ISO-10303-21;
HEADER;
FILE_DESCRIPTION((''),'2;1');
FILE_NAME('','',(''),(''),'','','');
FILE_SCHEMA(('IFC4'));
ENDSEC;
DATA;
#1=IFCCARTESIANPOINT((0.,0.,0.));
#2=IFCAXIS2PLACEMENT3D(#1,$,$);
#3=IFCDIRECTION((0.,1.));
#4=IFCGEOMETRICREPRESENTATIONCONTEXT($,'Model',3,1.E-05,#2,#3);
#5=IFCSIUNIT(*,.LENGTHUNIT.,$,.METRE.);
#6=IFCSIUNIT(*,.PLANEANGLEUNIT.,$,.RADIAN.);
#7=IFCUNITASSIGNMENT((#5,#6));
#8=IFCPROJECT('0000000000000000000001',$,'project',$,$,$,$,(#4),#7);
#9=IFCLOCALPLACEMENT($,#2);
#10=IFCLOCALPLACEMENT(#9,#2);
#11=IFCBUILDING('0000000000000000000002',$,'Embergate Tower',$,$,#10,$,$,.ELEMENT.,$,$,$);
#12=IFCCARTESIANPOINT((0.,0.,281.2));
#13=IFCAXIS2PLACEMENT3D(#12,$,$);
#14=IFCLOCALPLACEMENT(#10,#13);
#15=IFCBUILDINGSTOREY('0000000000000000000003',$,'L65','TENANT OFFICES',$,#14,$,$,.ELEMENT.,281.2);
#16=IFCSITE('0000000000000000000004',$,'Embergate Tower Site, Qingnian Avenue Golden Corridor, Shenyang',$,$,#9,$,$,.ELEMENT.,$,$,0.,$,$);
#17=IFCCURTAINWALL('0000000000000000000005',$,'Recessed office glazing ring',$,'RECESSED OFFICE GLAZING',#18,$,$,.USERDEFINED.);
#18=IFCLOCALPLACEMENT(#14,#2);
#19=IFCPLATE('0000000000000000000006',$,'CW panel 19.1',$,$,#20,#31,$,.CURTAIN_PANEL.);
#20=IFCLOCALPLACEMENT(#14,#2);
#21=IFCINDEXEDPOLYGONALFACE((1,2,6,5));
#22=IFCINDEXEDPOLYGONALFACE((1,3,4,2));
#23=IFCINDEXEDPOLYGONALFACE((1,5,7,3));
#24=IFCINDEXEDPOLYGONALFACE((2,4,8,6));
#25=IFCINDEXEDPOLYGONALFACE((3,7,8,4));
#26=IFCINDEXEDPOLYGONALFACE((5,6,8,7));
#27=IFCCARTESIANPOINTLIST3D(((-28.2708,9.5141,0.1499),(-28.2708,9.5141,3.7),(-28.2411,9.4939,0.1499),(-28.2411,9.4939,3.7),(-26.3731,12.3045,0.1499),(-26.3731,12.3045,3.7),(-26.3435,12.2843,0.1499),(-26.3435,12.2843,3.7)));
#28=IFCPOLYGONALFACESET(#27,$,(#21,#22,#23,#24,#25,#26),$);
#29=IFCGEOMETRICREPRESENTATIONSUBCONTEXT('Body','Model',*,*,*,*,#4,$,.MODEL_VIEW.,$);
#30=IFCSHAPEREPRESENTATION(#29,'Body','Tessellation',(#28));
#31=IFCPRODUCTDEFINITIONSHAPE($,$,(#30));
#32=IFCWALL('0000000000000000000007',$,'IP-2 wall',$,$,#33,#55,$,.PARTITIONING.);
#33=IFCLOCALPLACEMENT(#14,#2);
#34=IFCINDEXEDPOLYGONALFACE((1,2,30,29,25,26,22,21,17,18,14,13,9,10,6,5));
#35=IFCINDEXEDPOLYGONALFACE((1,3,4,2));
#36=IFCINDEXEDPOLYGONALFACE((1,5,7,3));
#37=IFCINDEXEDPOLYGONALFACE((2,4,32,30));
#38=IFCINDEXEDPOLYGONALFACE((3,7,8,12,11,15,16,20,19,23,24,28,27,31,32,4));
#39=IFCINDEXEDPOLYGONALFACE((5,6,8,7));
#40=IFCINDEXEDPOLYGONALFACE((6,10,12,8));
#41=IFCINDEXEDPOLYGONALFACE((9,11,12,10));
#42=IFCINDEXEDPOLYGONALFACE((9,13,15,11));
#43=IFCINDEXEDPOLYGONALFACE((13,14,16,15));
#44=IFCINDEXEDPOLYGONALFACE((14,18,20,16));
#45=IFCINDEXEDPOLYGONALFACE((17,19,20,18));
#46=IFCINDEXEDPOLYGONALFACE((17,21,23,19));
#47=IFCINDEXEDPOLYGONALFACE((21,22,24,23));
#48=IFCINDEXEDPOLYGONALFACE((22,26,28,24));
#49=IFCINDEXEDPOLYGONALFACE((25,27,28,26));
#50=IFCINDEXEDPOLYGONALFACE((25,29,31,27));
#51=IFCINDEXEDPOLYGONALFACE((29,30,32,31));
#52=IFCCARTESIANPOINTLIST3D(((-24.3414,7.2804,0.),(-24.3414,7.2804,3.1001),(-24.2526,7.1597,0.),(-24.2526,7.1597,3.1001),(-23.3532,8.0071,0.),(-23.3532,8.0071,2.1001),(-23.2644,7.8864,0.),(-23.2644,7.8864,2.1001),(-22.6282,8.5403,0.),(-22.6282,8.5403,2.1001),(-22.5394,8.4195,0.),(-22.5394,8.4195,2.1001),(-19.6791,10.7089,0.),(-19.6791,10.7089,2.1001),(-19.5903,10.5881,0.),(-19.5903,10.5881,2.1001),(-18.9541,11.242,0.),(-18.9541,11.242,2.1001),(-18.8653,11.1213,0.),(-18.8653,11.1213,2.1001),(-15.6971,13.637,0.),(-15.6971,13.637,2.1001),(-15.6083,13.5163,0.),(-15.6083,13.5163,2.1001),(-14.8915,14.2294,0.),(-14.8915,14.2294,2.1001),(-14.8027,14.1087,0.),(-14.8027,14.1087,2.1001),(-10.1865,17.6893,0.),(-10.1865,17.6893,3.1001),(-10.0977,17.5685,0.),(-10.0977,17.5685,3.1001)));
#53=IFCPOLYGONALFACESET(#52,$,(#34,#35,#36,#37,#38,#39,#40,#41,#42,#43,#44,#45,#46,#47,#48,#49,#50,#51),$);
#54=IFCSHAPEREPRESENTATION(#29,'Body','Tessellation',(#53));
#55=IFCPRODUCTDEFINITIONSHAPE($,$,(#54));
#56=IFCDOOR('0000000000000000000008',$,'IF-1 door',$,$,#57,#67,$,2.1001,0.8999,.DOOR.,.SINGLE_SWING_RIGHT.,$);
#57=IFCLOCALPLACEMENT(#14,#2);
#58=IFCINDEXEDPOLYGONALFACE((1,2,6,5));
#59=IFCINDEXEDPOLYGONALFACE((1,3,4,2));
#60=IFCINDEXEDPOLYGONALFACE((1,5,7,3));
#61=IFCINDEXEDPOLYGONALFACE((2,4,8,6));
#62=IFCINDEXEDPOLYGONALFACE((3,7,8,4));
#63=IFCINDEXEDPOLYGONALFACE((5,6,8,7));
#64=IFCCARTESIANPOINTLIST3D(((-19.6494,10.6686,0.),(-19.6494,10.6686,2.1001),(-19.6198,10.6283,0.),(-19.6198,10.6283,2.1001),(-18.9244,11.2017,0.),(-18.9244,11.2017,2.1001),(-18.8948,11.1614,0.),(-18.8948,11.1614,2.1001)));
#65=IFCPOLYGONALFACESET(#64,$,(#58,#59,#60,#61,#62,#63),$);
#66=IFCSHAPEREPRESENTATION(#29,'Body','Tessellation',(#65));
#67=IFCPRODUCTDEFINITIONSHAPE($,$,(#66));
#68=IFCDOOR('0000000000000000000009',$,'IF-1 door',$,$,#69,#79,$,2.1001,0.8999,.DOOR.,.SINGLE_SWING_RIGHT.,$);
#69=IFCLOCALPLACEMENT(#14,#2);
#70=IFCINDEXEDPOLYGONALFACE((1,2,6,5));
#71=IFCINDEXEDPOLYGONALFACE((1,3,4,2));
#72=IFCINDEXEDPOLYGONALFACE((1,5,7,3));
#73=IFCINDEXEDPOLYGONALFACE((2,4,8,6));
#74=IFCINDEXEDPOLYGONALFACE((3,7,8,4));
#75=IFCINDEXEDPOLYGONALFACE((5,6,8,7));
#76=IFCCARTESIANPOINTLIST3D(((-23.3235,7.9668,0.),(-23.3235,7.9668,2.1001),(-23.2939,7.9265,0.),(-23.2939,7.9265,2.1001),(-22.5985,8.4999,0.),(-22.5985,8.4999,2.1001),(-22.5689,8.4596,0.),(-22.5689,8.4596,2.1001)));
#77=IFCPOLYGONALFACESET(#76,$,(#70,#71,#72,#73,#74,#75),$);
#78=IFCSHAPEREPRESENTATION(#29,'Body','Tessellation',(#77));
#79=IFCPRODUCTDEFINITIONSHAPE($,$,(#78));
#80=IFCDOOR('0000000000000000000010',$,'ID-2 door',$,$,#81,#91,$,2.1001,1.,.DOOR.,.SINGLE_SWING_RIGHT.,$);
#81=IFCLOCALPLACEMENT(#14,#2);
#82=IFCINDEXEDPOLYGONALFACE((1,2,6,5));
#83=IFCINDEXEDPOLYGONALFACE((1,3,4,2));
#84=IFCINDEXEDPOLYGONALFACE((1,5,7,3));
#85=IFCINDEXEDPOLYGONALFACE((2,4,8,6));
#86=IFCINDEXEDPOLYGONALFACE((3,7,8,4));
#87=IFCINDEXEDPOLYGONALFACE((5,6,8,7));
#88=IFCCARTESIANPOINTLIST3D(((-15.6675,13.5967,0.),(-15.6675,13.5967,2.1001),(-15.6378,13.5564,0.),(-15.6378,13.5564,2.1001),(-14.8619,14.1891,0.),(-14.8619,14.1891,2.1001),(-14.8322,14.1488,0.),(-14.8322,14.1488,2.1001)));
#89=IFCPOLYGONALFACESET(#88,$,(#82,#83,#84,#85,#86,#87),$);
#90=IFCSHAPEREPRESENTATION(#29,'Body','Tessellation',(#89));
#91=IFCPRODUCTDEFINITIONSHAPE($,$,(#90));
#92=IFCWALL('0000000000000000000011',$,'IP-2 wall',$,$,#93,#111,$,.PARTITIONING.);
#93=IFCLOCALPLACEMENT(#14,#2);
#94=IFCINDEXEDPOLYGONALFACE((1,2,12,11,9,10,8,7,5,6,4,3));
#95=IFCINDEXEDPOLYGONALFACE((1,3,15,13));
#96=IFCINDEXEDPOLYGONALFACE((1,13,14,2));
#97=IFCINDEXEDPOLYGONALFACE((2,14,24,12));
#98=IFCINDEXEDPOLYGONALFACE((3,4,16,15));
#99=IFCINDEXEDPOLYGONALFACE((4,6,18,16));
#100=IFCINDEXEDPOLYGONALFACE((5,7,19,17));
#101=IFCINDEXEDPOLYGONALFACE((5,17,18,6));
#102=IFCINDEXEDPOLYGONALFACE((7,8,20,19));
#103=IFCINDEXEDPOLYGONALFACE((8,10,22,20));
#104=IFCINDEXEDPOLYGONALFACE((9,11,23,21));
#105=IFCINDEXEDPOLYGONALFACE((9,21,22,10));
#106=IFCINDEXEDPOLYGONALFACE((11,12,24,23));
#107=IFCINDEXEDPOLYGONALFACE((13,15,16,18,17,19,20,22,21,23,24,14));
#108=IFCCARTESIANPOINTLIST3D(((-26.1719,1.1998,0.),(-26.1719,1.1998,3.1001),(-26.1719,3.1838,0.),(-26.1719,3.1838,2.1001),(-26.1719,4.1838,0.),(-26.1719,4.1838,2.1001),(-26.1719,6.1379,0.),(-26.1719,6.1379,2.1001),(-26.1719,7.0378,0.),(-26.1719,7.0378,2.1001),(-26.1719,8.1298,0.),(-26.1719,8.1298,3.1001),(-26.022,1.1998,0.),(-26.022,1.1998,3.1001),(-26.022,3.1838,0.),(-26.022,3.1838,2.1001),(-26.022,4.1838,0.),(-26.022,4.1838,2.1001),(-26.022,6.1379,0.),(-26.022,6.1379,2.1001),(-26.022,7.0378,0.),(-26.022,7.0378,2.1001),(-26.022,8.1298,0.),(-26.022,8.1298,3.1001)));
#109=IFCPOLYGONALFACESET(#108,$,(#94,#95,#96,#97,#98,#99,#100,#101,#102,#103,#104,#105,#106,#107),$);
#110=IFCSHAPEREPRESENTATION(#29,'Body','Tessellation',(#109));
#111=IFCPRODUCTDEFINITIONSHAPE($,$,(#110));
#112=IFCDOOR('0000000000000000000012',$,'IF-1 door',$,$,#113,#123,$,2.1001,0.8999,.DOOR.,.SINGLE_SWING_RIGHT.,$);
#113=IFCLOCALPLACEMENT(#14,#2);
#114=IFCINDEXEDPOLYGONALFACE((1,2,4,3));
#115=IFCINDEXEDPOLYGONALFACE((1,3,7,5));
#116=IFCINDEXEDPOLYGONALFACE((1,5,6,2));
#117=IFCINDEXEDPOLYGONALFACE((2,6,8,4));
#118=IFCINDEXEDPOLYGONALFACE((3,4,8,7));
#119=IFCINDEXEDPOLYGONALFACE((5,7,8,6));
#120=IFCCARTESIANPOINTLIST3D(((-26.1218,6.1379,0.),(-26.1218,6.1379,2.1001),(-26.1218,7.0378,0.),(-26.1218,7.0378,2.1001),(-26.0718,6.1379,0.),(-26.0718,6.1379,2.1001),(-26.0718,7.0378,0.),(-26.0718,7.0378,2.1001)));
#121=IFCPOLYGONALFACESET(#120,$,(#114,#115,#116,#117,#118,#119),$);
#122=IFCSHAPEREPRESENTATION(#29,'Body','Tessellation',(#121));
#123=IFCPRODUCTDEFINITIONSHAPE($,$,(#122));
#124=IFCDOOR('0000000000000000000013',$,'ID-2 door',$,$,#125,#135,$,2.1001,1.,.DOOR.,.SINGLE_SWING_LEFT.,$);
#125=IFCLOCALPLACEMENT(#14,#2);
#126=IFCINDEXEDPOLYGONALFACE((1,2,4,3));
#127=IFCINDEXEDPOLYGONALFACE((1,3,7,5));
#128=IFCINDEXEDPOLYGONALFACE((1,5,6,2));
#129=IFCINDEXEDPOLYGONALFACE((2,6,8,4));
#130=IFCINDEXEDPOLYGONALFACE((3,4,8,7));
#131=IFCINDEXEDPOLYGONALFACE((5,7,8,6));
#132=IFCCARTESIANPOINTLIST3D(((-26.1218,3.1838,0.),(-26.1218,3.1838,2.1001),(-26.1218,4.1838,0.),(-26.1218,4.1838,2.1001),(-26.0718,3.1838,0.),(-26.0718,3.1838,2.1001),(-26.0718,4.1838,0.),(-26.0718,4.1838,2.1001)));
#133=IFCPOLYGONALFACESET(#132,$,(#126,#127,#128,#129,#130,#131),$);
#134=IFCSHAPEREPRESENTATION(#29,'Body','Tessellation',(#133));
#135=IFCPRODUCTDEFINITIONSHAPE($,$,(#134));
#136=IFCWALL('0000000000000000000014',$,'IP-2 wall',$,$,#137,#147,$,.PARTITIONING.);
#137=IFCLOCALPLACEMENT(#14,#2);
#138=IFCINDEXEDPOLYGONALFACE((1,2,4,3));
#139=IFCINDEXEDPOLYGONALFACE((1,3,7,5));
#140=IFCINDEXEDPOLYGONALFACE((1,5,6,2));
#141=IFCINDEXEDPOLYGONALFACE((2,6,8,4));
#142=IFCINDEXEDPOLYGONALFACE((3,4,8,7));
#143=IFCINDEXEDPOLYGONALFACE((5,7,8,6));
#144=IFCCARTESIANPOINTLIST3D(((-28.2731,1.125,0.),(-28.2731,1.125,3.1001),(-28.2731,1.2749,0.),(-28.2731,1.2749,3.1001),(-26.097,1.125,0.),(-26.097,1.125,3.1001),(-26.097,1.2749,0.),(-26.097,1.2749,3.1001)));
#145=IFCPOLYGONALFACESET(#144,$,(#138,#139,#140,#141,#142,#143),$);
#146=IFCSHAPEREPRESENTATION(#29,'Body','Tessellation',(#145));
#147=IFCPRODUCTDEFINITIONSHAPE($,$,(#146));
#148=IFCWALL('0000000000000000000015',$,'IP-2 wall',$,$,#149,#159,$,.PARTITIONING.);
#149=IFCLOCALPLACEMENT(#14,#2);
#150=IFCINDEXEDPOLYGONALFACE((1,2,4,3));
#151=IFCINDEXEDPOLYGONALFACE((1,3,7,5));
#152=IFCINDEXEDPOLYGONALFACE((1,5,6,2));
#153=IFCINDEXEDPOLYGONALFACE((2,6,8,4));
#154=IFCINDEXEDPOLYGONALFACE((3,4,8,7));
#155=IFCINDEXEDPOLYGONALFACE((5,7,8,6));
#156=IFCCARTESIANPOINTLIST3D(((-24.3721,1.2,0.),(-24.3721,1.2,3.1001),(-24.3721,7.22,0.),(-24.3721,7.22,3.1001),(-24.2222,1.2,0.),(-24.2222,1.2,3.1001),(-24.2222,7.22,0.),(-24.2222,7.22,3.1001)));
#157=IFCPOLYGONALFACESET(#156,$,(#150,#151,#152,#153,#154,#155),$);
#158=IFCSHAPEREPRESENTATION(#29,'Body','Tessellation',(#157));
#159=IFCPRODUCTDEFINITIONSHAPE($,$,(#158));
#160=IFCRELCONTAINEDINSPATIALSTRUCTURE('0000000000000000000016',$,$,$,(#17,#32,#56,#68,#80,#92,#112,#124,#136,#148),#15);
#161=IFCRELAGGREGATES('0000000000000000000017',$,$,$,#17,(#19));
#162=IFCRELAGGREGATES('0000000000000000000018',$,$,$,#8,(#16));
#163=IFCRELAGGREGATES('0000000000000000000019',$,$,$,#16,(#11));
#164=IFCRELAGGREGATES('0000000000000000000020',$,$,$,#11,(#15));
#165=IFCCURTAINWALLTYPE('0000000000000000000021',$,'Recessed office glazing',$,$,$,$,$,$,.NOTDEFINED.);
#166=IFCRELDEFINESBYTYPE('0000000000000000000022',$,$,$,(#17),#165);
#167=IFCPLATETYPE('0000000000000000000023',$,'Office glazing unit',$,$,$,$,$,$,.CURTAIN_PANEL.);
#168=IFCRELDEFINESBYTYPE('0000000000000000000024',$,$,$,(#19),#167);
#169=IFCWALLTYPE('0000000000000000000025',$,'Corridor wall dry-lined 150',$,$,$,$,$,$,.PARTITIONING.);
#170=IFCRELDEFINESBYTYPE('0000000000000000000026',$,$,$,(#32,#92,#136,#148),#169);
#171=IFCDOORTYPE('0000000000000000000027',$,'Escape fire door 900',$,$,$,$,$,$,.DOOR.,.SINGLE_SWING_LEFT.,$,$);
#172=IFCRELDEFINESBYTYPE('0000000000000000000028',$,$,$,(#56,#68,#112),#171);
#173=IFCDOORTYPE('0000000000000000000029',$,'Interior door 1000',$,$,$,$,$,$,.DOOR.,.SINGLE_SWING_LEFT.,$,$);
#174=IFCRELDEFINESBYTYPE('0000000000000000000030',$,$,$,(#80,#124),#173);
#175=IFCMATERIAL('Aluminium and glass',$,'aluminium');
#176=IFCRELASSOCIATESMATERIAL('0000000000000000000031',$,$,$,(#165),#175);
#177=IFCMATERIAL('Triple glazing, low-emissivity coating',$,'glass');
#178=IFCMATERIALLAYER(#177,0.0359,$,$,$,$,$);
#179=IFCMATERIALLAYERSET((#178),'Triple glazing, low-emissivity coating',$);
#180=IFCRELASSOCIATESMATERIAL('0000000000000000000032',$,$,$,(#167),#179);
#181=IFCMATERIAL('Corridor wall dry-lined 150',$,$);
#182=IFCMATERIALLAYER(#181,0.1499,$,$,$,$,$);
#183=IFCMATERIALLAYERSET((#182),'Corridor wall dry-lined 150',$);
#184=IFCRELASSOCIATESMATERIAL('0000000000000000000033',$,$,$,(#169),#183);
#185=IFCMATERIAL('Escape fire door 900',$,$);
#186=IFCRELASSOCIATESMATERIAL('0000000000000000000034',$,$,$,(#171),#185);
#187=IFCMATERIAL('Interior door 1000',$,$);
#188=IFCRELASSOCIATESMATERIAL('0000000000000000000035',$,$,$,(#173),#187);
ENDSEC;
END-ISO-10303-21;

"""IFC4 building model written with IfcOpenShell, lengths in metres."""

from ifc_helpers import new_model, si_unit, direction, frame, frame_2d, origin, origin_2d, place, context, subcontext, project, spatial, rectangle, extrude, source, transform, mapped, material, layer, layer_set, type_object, element, fill, aggregate, save


model = new_model("IFC4")

# Units and contexts
model_context = context("Model", 3, precision=1e-05, world=origin(), true_north=direction((0.0, 1.0)))
body_context = subcontext(model_context, "Body", "Model", "MODEL_VIEW")
ifc_project = project(units=[si_unit("LENGTHUNIT", "METRE"), si_unit("PLANEANGLEUNIT", "RADIAN")], contexts=[model_context])

# Site, building, storey
site_placement = place(None, origin())
site = spatial("IfcSite", under=ifc_project, at=site_placement, Name="Embergate Tower Site, Qingnian Avenue Golden Corridor, Shenyang", CompositionType="ELEMENT", RefElevation=0.0)
building_placement = place(site_placement, origin())
building = spatial("IfcBuilding", under=site, at=building_placement, Name="Embergate Tower", CompositionType="ELEMENT")
storey_placement = place(building_placement, frame((0.0, 0.0, 281.2)))
storey = spatial("IfcBuildingStorey", under=building, at=storey_placement, Name="L65", Description="TENANT OFFICES", CompositionType="ELEMENT", Elevation=281.2)

# Curtain wall, plate
ifc_material_1 = material(Name="Aluminium and glass", Category="aluminium")
curtain_wall_type = type_object("IfcCurtainWallType", Name="Recessed office glazing", PredefinedType="NOTDEFINED", material=ifc_material_1)
curtain_wall_placement = place(storey_placement, origin())
curtain_wall = element("IfcCurtainWall", 1, at=curtain_wall_placement, inside=storey, type_object=curtain_wall_type, Name="Recessed office glazing ring", ObjectType="RECESSED OFFICE GLAZING", PredefinedType="USERDEFINED")
ifc_material_2 = material(Name="Triple glazing, low-emissivity coating", Category="glass")
ifc_layer_1 = layer(ifc_material_2, 0.0359)
ifc_layer_set_1 = layer_set([ifc_layer_1], Name="Triple glazing, low-emissivity coating")
plate_type = type_object("IfcPlateType", Name="Office glazing unit", PredefinedType="CURTAIN_PANEL", material=ifc_layer_set_1)
shared_shape_1 = source(origin(), body_context, "Body", "SweptSolid", [
    extrude(rectangle(XDim=3.3745, YDim=0.0359, at=origin_2d()), origin(), (0.0, 0.0, 1.0), 3.55),
])
plate_1_placement = place(storey_placement, frame((-27.3071, 10.8992, 0.1499), z_axis=(0.0, 0.0, 1.0), x_axis=(-0.562348, -0.826901, 0.0)))
plate_1 = element("IfcPlate", 2, at=plate_1_placement, type_object=plate_type, Name="CW panel 19.1", PredefinedType="CURTAIN_PANEL", context=body_context, shape_type="MappedRepresentation", body=[
    mapped(shared_shape_1, transform((0.0, 0.0, 0.0))),
])
aggregate(curtain_wall, [plate_1])

# Walls, openings, doors
ifc_material_3 = material(Name="Corridor wall dry-lined 150")
ifc_layer_2 = layer(ifc_material_3, 0.1499)
ifc_layer_set_2 = layer_set([ifc_layer_2], Name="Corridor wall dry-lined 150")
wall_type_1 = type_object("IfcWallType", Name="Corridor wall dry-lined 150", PredefinedType="PARTITIONING", material=ifc_layer_set_2)
shared_shape_2 = source(origin(), body_context, "Body", "SweptSolid", [
    extrude(rectangle(XDim=17.5701, YDim=0.1499, at=frame_2d((8.7852, 0.0))), origin(), (0.0, 0.0, 1.0), 3.1001),
])
wall_1_placement = place(storey_placement, frame((-24.2971, 7.22, 0.0), z_axis=(0.0, 0.0, 1.0), x_axis=(0.805629, 0.592421, 0.0)))
wall_1 = element("IfcWall", 3, at=wall_1_placement, inside=storey, type_object=wall_type_1, Name="IP-2 wall", PredefinedType="PARTITIONING", context=body_context, shape_type="MappedRepresentation", body=[
    mapped(shared_shape_2, transform((0.0, 0.0, 0.0))),
])
shared_shape_3 = source(origin(), body_context, "Body", "SweptSolid", [
    extrude(rectangle(XDim=1.0, YDim=2.1001, at=frame_2d((0.5, 1.05))), frame((0.0, 0.085, 0.0), z_axis=(0.0, -1.0, 0.0), x_axis=(1.0, 0.0, 0.0)), (0.0, 0.0, 1.0), 0.1699),
])
opening_1_placement = place(wall_1_placement, frame((10.73, 0.0, 0.0)))
opening_1 = element("IfcOpeningElement", 4, at=opening_1_placement, cuts=wall_1, PredefinedType="OPENING", context=body_context, shape_type="MappedRepresentation", body=[
    mapped(shared_shape_3, transform((0.0, 0.0, 0.0))),
])
shared_shape_4 = source(origin(), body_context, "Body", "SweptSolid", [
    extrude(rectangle(XDim=0.8999, YDim=2.1001, at=frame_2d((0.45, 1.05))), frame((0.0, 0.085, 0.0), z_axis=(0.0, -1.0, 0.0), x_axis=(1.0, 0.0, 0.0)), (0.0, 0.0, 1.0), 0.1699),
])
opening_2_placement = place(wall_1_placement, frame((5.7874, 0.0, 0.0)))
opening_2 = element("IfcOpeningElement", 5, at=opening_2_placement, cuts=wall_1, PredefinedType="OPENING", context=body_context, shape_type="MappedRepresentation", body=[
    mapped(shared_shape_4, transform((0.0, 0.0, 0.0))),
])
opening_3_placement = place(wall_1_placement, frame((1.2268, 0.0, 0.0)))
opening_3 = element("IfcOpeningElement", 6, at=opening_3_placement, cuts=wall_1, PredefinedType="OPENING", context=body_context, shape_type="MappedRepresentation", body=[
    mapped(shared_shape_4, transform((0.0, 0.0, 0.0))),
])
ifc_material_4 = material(Name="Escape fire door 900")
door_type_1 = type_object("IfcDoorType", Name="Escape fire door 900", OperationType="SINGLE_SWING_LEFT", PredefinedType="DOOR", material=ifc_material_4)
shared_shape_5 = source(origin(), body_context, "Body", "SweptSolid", [
    extrude(rectangle(XDim=0.8999, YDim=2.1001, at=frame_2d((0.45, 1.05))), frame((0.0, 0.0249, 0.0), z_axis=(0.0, -1.0, 0.0), x_axis=(1.0, 0.0, 0.0)), (0.0, 0.0, 1.0), 0.05),
])
door_1_placement = place(opening_2_placement, origin())
door_1 = element("IfcDoor", 7, at=door_1_placement, inside=storey, type_object=door_type_1, Name="IF-1 door", OperationType="SINGLE_SWING_RIGHT", OverallHeight=2.1001, OverallWidth=0.8999, PredefinedType="DOOR", context=body_context, shape_type="MappedRepresentation", body=[
    mapped(shared_shape_5, transform((0.0, 0.0, 0.0))),
])
fill(opening_2, door_1)
door_2_placement = place(opening_3_placement, origin())
door_2 = element("IfcDoor", 8, at=door_2_placement, inside=storey, type_object=door_type_1, Name="IF-1 door", OperationType="SINGLE_SWING_RIGHT", OverallHeight=2.1001, OverallWidth=0.8999, PredefinedType="DOOR", context=body_context, shape_type="MappedRepresentation", body=[
    mapped(shared_shape_5, transform((0.0, 0.0, 0.0))),
])
fill(opening_3, door_2)
ifc_material_5 = material(Name="Interior door 1000")
door_type_2 = type_object("IfcDoorType", Name="Interior door 1000", OperationType="SINGLE_SWING_LEFT", PredefinedType="DOOR", material=ifc_material_5)
shared_shape_6 = source(origin(), body_context, "Body", "SweptSolid", [
    extrude(rectangle(XDim=1.0, YDim=2.1001, at=frame_2d((0.5, 1.05))), frame((0.0, 0.0249, 0.0), z_axis=(0.0, -1.0, 0.0), x_axis=(1.0, 0.0, 0.0)), (0.0, 0.0, 1.0), 0.05),
])
door_3_placement = place(opening_1_placement, origin())
door_3 = element("IfcDoor", 9, at=door_3_placement, inside=storey, type_object=door_type_2, Name="ID-2 door", OperationType="SINGLE_SWING_RIGHT", OverallHeight=2.1001, OverallWidth=1.0, PredefinedType="DOOR", context=body_context, shape_type="MappedRepresentation", body=[
    mapped(shared_shape_6, transform((0.0, 0.0, 0.0))),
])
fill(opening_1, door_3)
shared_shape_7 = source(origin(), body_context, "Body", "SweptSolid", [
    extrude(rectangle(XDim=6.9299, YDim=0.1499, at=frame_2d((3.4648, 0.0))), origin(), (0.0, 0.0, 1.0), 3.1001),
])
wall_2_placement = place(storey_placement, frame((-26.0969, 1.2, 0.0), z_axis=(0.0, 0.0, 1.0), x_axis=(0.0, 1.0, 0.0)))
wall_2 = element("IfcWall", 10, at=wall_2_placement, inside=storey, type_object=wall_type_1, Name="IP-2 wall", PredefinedType="PARTITIONING", context=body_context, shape_type="MappedRepresentation", body=[
    mapped(shared_shape_7, transform((0.0, 0.0, 0.0))),
])
opening_4_placement = place(wall_2_placement, frame((4.938, 0.0, 0.0)))
opening_4 = element("IfcOpeningElement", 11, at=opening_4_placement, cuts=wall_2, PredefinedType="OPENING", context=body_context, shape_type="MappedRepresentation", body=[
    mapped(shared_shape_4, transform((0.0, 0.0, 0.0))),
])
opening_5_placement = place(wall_2_placement, frame((1.9839, 0.0, 0.0)))
opening_5 = element("IfcOpeningElement", 12, at=opening_5_placement, cuts=wall_2, PredefinedType="OPENING", context=body_context, shape_type="MappedRepresentation", body=[
    mapped(shared_shape_3, transform((0.0, 0.0, 0.0))),
])
door_4_placement = place(opening_4_placement, origin())
door_4 = element("IfcDoor", 13, at=door_4_placement, inside=storey, type_object=door_type_1, Name="IF-1 door", OperationType="SINGLE_SWING_RIGHT", OverallHeight=2.1001, OverallWidth=0.8999, PredefinedType="DOOR", context=body_context, shape_type="MappedRepresentation", body=[
    mapped(shared_shape_5, transform((0.0, 0.0, 0.0))),
])
fill(opening_4, door_4)
door_5_placement = place(opening_5_placement, origin())
door_5 = element("IfcDoor", 14, at=door_5_placement, inside=storey, type_object=door_type_2, Name="ID-2 door", OperationType="SINGLE_SWING_LEFT", OverallHeight=2.1001, OverallWidth=1.0, PredefinedType="DOOR", context=body_context, shape_type="MappedRepresentation", body=[
    mapped(shared_shape_6, transform((0.0, 0.0, 0.0))),
])
fill(opening_5, door_5)

# Walls
shared_shape_8 = source(origin(), body_context, "Body", "SweptSolid", [
    extrude(rectangle(XDim=2.176, YDim=0.1499, at=frame_2d((1.0879, 0.0))), origin(), (0.0, 0.0, 1.0), 3.1001),
])
wall_3_placement = place(storey_placement, frame((-28.2729, 1.2, 0.0), z_axis=(0.0, 0.0, 1.0), x_axis=(1.0, 0.0, 0.0)))
element("IfcWall", 15, at=wall_3_placement, inside=storey, type_object=wall_type_1, Name="IP-2 wall", PredefinedType="PARTITIONING", context=body_context, shape_type="MappedRepresentation", body=[
    mapped(shared_shape_8, transform((0.0, 0.0, 0.0))),
])
shared_shape_9 = source(origin(), body_context, "Body", "SweptSolid", [
    extrude(rectangle(XDim=6.02, YDim=0.1499, at=frame_2d((3.01, 0.0))), origin(), (0.0, 0.0, 1.0), 3.1001),
])
wall_4_placement = place(storey_placement, frame((-24.2971, 1.2, 0.0), z_axis=(0.0, 0.0, 1.0), x_axis=(0.0, 1.0, 0.0)))
element("IfcWall", 16, at=wall_4_placement, inside=storey, type_object=wall_type_1, Name="IP-2 wall", PredefinedType="PARTITIONING", context=body_context, shape_type="MappedRepresentation", body=[
    mapped(shared_shape_9, transform((0.0, 0.0, 0.0))),
])

save(model, "model.ifc")
